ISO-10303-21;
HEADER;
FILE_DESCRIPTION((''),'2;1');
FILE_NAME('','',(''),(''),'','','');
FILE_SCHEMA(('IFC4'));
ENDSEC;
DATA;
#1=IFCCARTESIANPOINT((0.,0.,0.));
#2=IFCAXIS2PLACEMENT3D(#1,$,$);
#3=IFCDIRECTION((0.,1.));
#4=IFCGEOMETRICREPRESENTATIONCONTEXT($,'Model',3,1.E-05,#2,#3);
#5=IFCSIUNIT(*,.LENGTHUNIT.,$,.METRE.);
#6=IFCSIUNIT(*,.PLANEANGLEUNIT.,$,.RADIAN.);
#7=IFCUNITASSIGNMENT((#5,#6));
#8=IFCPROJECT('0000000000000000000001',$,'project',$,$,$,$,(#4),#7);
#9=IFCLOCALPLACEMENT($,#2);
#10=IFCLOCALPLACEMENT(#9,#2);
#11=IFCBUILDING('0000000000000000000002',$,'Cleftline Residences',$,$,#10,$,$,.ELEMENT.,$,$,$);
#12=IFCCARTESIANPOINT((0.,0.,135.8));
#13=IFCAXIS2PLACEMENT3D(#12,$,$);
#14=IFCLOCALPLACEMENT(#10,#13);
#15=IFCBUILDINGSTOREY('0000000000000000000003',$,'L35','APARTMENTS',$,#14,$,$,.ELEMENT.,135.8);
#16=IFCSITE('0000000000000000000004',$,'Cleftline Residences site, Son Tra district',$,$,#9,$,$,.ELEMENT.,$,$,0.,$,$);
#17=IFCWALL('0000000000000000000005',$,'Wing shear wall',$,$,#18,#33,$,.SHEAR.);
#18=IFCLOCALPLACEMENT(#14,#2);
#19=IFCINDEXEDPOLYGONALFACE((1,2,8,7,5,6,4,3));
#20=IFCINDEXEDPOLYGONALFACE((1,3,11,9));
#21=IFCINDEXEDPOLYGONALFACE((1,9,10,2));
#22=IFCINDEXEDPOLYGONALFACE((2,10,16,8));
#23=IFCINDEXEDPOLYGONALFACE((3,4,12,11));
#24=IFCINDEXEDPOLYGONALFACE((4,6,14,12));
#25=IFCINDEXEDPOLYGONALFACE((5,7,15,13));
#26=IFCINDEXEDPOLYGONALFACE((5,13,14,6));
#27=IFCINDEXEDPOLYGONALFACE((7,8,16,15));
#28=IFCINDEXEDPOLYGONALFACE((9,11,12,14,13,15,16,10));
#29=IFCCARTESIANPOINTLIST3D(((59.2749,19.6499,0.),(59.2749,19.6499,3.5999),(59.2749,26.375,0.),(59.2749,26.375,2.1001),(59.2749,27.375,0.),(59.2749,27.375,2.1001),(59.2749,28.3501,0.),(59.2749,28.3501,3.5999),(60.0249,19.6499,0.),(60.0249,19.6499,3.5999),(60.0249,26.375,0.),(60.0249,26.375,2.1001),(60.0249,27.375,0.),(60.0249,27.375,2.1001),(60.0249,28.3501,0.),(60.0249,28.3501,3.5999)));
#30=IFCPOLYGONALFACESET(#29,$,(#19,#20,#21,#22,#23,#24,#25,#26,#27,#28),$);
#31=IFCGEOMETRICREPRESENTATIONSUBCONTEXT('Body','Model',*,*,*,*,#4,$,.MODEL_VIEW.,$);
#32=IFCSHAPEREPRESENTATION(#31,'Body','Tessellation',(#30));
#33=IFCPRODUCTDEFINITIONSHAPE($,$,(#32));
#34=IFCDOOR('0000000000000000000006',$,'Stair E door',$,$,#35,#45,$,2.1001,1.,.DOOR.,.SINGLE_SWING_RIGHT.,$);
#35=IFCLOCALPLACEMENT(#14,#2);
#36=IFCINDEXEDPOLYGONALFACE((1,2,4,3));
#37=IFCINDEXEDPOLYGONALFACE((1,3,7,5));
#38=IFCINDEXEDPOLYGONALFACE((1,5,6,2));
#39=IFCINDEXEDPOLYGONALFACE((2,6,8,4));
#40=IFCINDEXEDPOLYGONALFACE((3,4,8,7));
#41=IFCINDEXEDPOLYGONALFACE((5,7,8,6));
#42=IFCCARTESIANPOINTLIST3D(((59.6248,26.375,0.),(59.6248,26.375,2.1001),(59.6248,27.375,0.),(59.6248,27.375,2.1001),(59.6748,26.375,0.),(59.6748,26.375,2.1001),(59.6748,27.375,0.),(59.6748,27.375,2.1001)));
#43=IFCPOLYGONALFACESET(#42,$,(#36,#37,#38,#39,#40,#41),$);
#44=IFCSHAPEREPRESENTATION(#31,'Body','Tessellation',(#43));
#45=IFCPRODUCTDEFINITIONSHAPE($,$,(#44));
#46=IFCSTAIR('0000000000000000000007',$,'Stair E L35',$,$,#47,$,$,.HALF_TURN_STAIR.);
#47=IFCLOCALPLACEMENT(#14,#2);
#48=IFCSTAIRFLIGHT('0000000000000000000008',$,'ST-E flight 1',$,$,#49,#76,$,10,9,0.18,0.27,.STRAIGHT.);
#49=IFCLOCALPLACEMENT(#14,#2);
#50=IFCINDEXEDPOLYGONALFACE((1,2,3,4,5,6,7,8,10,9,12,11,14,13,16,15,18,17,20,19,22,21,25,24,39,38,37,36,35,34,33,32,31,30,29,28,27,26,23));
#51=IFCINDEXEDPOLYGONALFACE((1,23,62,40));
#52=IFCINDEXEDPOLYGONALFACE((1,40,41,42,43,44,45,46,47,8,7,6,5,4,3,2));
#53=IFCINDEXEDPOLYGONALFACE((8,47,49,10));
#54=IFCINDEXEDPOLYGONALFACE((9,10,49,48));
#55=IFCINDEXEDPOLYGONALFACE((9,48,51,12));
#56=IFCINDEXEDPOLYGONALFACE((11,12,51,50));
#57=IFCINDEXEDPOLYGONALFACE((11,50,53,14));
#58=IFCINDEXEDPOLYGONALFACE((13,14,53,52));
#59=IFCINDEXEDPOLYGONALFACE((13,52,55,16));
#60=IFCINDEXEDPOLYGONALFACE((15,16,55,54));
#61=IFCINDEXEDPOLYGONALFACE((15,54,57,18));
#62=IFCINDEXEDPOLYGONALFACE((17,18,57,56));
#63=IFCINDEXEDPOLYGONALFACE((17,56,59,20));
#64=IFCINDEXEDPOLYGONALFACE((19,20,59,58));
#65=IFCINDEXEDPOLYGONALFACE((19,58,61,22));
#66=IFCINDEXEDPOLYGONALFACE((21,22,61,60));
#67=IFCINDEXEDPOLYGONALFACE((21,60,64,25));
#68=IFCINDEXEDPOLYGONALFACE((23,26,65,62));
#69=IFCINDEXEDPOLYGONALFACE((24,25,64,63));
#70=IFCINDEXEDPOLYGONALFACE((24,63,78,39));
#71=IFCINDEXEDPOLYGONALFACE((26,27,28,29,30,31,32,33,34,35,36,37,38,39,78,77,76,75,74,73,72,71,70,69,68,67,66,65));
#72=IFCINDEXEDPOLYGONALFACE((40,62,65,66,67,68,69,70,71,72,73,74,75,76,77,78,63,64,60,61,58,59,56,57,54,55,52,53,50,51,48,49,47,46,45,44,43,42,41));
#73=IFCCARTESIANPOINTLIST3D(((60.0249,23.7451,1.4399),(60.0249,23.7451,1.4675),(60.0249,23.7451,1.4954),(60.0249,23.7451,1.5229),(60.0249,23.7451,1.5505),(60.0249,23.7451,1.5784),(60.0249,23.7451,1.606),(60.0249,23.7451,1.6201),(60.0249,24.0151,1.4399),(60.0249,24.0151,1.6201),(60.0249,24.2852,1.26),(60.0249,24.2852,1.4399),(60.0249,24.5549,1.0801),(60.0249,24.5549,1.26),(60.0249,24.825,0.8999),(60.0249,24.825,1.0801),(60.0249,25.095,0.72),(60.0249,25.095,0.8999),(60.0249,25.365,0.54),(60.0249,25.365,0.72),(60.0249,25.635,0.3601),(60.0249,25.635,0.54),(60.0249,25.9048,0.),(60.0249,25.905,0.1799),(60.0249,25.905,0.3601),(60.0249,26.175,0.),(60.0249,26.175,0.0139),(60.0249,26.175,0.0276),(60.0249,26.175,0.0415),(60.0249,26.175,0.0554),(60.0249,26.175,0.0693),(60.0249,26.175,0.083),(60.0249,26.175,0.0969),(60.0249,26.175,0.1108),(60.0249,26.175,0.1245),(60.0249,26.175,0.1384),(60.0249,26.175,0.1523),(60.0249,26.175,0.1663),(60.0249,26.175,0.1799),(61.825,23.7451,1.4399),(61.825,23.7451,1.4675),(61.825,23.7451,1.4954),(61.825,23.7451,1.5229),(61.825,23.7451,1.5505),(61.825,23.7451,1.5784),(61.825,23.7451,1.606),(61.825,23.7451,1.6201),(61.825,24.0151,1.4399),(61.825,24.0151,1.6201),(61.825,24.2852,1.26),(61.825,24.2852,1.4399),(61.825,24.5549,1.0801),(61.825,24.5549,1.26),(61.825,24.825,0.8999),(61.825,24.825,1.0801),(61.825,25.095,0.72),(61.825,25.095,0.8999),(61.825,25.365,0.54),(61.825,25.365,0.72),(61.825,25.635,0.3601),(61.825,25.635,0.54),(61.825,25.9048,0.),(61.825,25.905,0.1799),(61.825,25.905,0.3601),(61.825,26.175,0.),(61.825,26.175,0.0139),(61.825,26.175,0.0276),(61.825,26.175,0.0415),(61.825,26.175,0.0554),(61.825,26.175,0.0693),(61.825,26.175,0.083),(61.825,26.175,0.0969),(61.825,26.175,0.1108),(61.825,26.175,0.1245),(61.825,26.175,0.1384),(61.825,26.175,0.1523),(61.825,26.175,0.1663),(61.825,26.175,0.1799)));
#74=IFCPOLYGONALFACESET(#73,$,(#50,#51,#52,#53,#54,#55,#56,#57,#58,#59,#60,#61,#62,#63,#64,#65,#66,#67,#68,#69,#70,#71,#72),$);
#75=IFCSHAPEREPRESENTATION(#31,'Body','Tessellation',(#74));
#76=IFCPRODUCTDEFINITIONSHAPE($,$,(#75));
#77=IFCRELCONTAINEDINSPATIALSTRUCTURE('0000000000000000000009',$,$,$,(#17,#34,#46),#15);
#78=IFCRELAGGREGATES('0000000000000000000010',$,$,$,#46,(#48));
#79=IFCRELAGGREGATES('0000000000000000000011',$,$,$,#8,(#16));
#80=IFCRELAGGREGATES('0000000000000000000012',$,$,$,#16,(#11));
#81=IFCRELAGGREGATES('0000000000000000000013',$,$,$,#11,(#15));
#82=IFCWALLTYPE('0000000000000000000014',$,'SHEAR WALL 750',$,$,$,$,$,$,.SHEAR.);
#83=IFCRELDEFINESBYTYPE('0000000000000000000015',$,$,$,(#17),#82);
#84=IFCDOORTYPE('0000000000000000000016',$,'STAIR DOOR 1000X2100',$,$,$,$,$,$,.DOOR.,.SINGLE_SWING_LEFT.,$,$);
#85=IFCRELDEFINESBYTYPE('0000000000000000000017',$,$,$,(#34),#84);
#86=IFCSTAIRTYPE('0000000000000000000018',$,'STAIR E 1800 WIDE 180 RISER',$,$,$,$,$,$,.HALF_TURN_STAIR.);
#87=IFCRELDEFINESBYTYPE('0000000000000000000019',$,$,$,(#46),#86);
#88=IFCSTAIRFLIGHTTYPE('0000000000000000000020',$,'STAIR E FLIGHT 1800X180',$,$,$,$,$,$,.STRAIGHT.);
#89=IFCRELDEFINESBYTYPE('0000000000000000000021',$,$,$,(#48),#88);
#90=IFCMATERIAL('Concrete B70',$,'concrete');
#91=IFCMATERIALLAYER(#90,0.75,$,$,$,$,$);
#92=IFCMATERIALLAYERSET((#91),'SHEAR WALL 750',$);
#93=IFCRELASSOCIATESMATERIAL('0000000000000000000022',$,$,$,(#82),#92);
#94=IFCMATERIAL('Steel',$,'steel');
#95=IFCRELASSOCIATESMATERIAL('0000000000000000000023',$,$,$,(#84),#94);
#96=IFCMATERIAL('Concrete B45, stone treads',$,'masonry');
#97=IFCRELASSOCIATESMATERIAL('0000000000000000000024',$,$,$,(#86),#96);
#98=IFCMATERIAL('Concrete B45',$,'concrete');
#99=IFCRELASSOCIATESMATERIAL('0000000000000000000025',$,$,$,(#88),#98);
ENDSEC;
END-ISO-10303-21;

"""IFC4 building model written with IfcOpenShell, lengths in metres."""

from ifc_helpers import new_model, si_unit, direction, frame, frame_2d, origin, place, context, subcontext, project, spatial, polyline, rectangle, outline, extrude, material, layer, layer_set, type_object, element, fill, aggregate, save


model = new_model("IFC4")

# Units and contexts
model_context = context("Model", 3, precision=1e-05, world=origin(), true_north=direction((0.0, 1.0)))
body_context = subcontext(model_context, "Body", "Model", "MODEL_VIEW")
ifc_project = project(units=[si_unit("LENGTHUNIT", "METRE"), si_unit("PLANEANGLEUNIT", "RADIAN")], contexts=[model_context])

# Site, building, storey
site_placement = place(None, origin())
site = spatial("IfcSite", under=ifc_project, at=site_placement, Name="Cleftline Residences site, Son Tra district", CompositionType="ELEMENT", RefElevation=0.0)
building_placement = place(site_placement, origin())
building = spatial("IfcBuilding", under=site, at=building_placement, Name="Cleftline Residences", CompositionType="ELEMENT")
storey_placement = place(building_placement, frame((0.0, 0.0, 135.8)))
storey = spatial("IfcBuildingStorey", under=building, at=storey_placement, Name="L35", Description="APARTMENTS", CompositionType="ELEMENT", Elevation=135.8)

# Shared definitions
ifc_material_1 = material(Name="Concrete B70", Category="concrete")
ifc_layer_1 = layer(ifc_material_1, 0.75)
ifc_layer_set_1 = layer_set([ifc_layer_1], Name="SHEAR WALL 750")
wall_type_1 = type_object("IfcWallType", Name="SHEAR WALL 750", PredefinedType="SHEAR", material=ifc_layer_set_1)

# Wall, opening, door
wall_1_placement = place(storey_placement, frame((59.6499, 28.3501, 0.0), z_axis=(0.0, 0.0, 1.0), x_axis=(0.0, -1.0, 0.0)))
wall_1 = element("IfcWall", 1, at=wall_1_placement, inside=storey, type_object=wall_type_1, Name="Wing shear wall", PredefinedType="SHEAR", context=body_context, shape_type="SweptSolid", body=[
    extrude(rectangle(XDim=8.7002, YDim=0.75, at=frame_2d((4.3501, 0.0))), origin(), (0.0, 0.0, 1.0), 3.5999),
])
opening_1_placement = place(wall_1_placement, frame((0.9751, 0.0, 0.0)))
opening_1 = element("IfcOpeningElement", 2, at=opening_1_placement, cuts=wall_1, PredefinedType="OPENING", context=body_context, shape_type="SweptSolid", body=[
    extrude(rectangle(XDim=1.0, YDim=2.1001, at=frame_2d((0.5, 1.05))), frame((0.0, 0.385, 0.0), z_axis=(0.0, -1.0, 0.0), x_axis=(1.0, 0.0, 0.0)), (0.0, 0.0, 1.0), 0.77),
])
ifc_material_2 = material(Name="Steel", Category="steel")
door_type_1 = type_object("IfcDoorType", Name="STAIR DOOR 1000X2100", OperationType="SINGLE_SWING_LEFT", PredefinedType="DOOR", material=ifc_material_2)
door_1_placement = place(opening_1_placement, origin())
door_1 = element("IfcDoor", 3, at=door_1_placement, inside=storey, type_object=door_type_1, Name="Stair E door", OperationType="SINGLE_SWING_RIGHT", OverallHeight=2.1001, OverallWidth=1.0, PredefinedType="DOOR", context=body_context, shape_type="SweptSolid", body=[
    extrude(rectangle(XDim=1.0, YDim=2.1001, at=frame_2d((0.5, 1.05))), frame((0.0, 0.0249, 0.0), z_axis=(0.0, -1.0, 0.0), x_axis=(1.0, 0.0, 0.0)), (0.0, 0.0, 1.0), 0.05),
])
fill(opening_1, door_1)

# Stair, stair flight
ifc_material_3 = material(Name="Concrete B45, stone treads", Category="masonry")
stair_type = type_object("IfcStairType", Name="STAIR E 1800 WIDE 180 RISER", PredefinedType="HALF_TURN_STAIR", material=ifc_material_3)
stair_placement = place(storey_placement, origin())
stair = element("IfcStair", 4, at=stair_placement, inside=storey, type_object=stair_type, Name="Stair E L35", PredefinedType="HALF_TURN_STAIR")
ifc_material_4 = material(Name="Concrete B45", Category="concrete")
stair_flight_type = type_object("IfcStairFlightType", Name="STAIR E FLIGHT 1800X180", PredefinedType="STRAIGHT", material=ifc_material_4)
stair_flight_placement = place(storey_placement, frame((60.925, 26.175, 0.0), z_axis=(0.0, 0.0, 1.0), x_axis=(0.0, -1.0, 0.0)))
stair_flight = element("IfcStairFlight", 5, at=stair_flight_placement, type_object=stair_flight_type, Name="ST-E flight 1", NumberOfRisers=10, NumberOfTreads=9, PredefinedType="STRAIGHT", RiserHeight=0.18, TreadLength=0.27, context=body_context, shape_type="SweptSolid", body=[
    extrude(outline(polyline([(0.0, 0.0), (0.0, 0.0139), (0.0, 0.0276), (0.0, 0.0415), (0.0, 0.0554), (0.0, 0.0693), (0.0, 0.083), (0.0, 0.0969), (0.0, 0.1108), (0.0, 0.1245), (0.0, 0.1384), (0.0, 0.1523), (0.0, 0.1663), (0.0, 0.1799), (0.27, 0.1799), (0.27, 0.3601), (0.54, 0.3601), (0.54, 0.54), (0.8101, 0.54), (0.8101, 0.72), (1.0801, 0.72), (1.0801, 0.8999), (1.3501, 0.8999), (1.3501, 1.0801), (1.6201, 1.0801), (1.6201, 1.26), (1.8899, 1.26), (1.8899, 1.4399), (2.1599, 1.4399), (2.1599, 1.6201), (2.4299, 1.6201), (2.4299, 1.8), (2.4299, 1.7722), (2.4299, 1.7446), (2.4299, 1.7168), (2.4299, 1.6892), (2.4299, 1.6614), (2.4299, 1.6338), (2.4299, 1.606), (2.4299, 1.5784), (2.4299, 1.5505), (2.4299, 1.5229), (2.4299, 1.4954), (2.4299, 1.4675), (2.4299, 1.4399), (0.2703, 0.0), (0.0, 0.0)])), frame((0.0, 0.8999, 0.0), z_axis=(0.0, -1.0, 0.0), x_axis=(1.0, 0.0, 0.0)), (0.0, 0.0, 1.0), 1.8),
])
aggregate(stair, [stair_flight])

save(model, "model.ifc")
